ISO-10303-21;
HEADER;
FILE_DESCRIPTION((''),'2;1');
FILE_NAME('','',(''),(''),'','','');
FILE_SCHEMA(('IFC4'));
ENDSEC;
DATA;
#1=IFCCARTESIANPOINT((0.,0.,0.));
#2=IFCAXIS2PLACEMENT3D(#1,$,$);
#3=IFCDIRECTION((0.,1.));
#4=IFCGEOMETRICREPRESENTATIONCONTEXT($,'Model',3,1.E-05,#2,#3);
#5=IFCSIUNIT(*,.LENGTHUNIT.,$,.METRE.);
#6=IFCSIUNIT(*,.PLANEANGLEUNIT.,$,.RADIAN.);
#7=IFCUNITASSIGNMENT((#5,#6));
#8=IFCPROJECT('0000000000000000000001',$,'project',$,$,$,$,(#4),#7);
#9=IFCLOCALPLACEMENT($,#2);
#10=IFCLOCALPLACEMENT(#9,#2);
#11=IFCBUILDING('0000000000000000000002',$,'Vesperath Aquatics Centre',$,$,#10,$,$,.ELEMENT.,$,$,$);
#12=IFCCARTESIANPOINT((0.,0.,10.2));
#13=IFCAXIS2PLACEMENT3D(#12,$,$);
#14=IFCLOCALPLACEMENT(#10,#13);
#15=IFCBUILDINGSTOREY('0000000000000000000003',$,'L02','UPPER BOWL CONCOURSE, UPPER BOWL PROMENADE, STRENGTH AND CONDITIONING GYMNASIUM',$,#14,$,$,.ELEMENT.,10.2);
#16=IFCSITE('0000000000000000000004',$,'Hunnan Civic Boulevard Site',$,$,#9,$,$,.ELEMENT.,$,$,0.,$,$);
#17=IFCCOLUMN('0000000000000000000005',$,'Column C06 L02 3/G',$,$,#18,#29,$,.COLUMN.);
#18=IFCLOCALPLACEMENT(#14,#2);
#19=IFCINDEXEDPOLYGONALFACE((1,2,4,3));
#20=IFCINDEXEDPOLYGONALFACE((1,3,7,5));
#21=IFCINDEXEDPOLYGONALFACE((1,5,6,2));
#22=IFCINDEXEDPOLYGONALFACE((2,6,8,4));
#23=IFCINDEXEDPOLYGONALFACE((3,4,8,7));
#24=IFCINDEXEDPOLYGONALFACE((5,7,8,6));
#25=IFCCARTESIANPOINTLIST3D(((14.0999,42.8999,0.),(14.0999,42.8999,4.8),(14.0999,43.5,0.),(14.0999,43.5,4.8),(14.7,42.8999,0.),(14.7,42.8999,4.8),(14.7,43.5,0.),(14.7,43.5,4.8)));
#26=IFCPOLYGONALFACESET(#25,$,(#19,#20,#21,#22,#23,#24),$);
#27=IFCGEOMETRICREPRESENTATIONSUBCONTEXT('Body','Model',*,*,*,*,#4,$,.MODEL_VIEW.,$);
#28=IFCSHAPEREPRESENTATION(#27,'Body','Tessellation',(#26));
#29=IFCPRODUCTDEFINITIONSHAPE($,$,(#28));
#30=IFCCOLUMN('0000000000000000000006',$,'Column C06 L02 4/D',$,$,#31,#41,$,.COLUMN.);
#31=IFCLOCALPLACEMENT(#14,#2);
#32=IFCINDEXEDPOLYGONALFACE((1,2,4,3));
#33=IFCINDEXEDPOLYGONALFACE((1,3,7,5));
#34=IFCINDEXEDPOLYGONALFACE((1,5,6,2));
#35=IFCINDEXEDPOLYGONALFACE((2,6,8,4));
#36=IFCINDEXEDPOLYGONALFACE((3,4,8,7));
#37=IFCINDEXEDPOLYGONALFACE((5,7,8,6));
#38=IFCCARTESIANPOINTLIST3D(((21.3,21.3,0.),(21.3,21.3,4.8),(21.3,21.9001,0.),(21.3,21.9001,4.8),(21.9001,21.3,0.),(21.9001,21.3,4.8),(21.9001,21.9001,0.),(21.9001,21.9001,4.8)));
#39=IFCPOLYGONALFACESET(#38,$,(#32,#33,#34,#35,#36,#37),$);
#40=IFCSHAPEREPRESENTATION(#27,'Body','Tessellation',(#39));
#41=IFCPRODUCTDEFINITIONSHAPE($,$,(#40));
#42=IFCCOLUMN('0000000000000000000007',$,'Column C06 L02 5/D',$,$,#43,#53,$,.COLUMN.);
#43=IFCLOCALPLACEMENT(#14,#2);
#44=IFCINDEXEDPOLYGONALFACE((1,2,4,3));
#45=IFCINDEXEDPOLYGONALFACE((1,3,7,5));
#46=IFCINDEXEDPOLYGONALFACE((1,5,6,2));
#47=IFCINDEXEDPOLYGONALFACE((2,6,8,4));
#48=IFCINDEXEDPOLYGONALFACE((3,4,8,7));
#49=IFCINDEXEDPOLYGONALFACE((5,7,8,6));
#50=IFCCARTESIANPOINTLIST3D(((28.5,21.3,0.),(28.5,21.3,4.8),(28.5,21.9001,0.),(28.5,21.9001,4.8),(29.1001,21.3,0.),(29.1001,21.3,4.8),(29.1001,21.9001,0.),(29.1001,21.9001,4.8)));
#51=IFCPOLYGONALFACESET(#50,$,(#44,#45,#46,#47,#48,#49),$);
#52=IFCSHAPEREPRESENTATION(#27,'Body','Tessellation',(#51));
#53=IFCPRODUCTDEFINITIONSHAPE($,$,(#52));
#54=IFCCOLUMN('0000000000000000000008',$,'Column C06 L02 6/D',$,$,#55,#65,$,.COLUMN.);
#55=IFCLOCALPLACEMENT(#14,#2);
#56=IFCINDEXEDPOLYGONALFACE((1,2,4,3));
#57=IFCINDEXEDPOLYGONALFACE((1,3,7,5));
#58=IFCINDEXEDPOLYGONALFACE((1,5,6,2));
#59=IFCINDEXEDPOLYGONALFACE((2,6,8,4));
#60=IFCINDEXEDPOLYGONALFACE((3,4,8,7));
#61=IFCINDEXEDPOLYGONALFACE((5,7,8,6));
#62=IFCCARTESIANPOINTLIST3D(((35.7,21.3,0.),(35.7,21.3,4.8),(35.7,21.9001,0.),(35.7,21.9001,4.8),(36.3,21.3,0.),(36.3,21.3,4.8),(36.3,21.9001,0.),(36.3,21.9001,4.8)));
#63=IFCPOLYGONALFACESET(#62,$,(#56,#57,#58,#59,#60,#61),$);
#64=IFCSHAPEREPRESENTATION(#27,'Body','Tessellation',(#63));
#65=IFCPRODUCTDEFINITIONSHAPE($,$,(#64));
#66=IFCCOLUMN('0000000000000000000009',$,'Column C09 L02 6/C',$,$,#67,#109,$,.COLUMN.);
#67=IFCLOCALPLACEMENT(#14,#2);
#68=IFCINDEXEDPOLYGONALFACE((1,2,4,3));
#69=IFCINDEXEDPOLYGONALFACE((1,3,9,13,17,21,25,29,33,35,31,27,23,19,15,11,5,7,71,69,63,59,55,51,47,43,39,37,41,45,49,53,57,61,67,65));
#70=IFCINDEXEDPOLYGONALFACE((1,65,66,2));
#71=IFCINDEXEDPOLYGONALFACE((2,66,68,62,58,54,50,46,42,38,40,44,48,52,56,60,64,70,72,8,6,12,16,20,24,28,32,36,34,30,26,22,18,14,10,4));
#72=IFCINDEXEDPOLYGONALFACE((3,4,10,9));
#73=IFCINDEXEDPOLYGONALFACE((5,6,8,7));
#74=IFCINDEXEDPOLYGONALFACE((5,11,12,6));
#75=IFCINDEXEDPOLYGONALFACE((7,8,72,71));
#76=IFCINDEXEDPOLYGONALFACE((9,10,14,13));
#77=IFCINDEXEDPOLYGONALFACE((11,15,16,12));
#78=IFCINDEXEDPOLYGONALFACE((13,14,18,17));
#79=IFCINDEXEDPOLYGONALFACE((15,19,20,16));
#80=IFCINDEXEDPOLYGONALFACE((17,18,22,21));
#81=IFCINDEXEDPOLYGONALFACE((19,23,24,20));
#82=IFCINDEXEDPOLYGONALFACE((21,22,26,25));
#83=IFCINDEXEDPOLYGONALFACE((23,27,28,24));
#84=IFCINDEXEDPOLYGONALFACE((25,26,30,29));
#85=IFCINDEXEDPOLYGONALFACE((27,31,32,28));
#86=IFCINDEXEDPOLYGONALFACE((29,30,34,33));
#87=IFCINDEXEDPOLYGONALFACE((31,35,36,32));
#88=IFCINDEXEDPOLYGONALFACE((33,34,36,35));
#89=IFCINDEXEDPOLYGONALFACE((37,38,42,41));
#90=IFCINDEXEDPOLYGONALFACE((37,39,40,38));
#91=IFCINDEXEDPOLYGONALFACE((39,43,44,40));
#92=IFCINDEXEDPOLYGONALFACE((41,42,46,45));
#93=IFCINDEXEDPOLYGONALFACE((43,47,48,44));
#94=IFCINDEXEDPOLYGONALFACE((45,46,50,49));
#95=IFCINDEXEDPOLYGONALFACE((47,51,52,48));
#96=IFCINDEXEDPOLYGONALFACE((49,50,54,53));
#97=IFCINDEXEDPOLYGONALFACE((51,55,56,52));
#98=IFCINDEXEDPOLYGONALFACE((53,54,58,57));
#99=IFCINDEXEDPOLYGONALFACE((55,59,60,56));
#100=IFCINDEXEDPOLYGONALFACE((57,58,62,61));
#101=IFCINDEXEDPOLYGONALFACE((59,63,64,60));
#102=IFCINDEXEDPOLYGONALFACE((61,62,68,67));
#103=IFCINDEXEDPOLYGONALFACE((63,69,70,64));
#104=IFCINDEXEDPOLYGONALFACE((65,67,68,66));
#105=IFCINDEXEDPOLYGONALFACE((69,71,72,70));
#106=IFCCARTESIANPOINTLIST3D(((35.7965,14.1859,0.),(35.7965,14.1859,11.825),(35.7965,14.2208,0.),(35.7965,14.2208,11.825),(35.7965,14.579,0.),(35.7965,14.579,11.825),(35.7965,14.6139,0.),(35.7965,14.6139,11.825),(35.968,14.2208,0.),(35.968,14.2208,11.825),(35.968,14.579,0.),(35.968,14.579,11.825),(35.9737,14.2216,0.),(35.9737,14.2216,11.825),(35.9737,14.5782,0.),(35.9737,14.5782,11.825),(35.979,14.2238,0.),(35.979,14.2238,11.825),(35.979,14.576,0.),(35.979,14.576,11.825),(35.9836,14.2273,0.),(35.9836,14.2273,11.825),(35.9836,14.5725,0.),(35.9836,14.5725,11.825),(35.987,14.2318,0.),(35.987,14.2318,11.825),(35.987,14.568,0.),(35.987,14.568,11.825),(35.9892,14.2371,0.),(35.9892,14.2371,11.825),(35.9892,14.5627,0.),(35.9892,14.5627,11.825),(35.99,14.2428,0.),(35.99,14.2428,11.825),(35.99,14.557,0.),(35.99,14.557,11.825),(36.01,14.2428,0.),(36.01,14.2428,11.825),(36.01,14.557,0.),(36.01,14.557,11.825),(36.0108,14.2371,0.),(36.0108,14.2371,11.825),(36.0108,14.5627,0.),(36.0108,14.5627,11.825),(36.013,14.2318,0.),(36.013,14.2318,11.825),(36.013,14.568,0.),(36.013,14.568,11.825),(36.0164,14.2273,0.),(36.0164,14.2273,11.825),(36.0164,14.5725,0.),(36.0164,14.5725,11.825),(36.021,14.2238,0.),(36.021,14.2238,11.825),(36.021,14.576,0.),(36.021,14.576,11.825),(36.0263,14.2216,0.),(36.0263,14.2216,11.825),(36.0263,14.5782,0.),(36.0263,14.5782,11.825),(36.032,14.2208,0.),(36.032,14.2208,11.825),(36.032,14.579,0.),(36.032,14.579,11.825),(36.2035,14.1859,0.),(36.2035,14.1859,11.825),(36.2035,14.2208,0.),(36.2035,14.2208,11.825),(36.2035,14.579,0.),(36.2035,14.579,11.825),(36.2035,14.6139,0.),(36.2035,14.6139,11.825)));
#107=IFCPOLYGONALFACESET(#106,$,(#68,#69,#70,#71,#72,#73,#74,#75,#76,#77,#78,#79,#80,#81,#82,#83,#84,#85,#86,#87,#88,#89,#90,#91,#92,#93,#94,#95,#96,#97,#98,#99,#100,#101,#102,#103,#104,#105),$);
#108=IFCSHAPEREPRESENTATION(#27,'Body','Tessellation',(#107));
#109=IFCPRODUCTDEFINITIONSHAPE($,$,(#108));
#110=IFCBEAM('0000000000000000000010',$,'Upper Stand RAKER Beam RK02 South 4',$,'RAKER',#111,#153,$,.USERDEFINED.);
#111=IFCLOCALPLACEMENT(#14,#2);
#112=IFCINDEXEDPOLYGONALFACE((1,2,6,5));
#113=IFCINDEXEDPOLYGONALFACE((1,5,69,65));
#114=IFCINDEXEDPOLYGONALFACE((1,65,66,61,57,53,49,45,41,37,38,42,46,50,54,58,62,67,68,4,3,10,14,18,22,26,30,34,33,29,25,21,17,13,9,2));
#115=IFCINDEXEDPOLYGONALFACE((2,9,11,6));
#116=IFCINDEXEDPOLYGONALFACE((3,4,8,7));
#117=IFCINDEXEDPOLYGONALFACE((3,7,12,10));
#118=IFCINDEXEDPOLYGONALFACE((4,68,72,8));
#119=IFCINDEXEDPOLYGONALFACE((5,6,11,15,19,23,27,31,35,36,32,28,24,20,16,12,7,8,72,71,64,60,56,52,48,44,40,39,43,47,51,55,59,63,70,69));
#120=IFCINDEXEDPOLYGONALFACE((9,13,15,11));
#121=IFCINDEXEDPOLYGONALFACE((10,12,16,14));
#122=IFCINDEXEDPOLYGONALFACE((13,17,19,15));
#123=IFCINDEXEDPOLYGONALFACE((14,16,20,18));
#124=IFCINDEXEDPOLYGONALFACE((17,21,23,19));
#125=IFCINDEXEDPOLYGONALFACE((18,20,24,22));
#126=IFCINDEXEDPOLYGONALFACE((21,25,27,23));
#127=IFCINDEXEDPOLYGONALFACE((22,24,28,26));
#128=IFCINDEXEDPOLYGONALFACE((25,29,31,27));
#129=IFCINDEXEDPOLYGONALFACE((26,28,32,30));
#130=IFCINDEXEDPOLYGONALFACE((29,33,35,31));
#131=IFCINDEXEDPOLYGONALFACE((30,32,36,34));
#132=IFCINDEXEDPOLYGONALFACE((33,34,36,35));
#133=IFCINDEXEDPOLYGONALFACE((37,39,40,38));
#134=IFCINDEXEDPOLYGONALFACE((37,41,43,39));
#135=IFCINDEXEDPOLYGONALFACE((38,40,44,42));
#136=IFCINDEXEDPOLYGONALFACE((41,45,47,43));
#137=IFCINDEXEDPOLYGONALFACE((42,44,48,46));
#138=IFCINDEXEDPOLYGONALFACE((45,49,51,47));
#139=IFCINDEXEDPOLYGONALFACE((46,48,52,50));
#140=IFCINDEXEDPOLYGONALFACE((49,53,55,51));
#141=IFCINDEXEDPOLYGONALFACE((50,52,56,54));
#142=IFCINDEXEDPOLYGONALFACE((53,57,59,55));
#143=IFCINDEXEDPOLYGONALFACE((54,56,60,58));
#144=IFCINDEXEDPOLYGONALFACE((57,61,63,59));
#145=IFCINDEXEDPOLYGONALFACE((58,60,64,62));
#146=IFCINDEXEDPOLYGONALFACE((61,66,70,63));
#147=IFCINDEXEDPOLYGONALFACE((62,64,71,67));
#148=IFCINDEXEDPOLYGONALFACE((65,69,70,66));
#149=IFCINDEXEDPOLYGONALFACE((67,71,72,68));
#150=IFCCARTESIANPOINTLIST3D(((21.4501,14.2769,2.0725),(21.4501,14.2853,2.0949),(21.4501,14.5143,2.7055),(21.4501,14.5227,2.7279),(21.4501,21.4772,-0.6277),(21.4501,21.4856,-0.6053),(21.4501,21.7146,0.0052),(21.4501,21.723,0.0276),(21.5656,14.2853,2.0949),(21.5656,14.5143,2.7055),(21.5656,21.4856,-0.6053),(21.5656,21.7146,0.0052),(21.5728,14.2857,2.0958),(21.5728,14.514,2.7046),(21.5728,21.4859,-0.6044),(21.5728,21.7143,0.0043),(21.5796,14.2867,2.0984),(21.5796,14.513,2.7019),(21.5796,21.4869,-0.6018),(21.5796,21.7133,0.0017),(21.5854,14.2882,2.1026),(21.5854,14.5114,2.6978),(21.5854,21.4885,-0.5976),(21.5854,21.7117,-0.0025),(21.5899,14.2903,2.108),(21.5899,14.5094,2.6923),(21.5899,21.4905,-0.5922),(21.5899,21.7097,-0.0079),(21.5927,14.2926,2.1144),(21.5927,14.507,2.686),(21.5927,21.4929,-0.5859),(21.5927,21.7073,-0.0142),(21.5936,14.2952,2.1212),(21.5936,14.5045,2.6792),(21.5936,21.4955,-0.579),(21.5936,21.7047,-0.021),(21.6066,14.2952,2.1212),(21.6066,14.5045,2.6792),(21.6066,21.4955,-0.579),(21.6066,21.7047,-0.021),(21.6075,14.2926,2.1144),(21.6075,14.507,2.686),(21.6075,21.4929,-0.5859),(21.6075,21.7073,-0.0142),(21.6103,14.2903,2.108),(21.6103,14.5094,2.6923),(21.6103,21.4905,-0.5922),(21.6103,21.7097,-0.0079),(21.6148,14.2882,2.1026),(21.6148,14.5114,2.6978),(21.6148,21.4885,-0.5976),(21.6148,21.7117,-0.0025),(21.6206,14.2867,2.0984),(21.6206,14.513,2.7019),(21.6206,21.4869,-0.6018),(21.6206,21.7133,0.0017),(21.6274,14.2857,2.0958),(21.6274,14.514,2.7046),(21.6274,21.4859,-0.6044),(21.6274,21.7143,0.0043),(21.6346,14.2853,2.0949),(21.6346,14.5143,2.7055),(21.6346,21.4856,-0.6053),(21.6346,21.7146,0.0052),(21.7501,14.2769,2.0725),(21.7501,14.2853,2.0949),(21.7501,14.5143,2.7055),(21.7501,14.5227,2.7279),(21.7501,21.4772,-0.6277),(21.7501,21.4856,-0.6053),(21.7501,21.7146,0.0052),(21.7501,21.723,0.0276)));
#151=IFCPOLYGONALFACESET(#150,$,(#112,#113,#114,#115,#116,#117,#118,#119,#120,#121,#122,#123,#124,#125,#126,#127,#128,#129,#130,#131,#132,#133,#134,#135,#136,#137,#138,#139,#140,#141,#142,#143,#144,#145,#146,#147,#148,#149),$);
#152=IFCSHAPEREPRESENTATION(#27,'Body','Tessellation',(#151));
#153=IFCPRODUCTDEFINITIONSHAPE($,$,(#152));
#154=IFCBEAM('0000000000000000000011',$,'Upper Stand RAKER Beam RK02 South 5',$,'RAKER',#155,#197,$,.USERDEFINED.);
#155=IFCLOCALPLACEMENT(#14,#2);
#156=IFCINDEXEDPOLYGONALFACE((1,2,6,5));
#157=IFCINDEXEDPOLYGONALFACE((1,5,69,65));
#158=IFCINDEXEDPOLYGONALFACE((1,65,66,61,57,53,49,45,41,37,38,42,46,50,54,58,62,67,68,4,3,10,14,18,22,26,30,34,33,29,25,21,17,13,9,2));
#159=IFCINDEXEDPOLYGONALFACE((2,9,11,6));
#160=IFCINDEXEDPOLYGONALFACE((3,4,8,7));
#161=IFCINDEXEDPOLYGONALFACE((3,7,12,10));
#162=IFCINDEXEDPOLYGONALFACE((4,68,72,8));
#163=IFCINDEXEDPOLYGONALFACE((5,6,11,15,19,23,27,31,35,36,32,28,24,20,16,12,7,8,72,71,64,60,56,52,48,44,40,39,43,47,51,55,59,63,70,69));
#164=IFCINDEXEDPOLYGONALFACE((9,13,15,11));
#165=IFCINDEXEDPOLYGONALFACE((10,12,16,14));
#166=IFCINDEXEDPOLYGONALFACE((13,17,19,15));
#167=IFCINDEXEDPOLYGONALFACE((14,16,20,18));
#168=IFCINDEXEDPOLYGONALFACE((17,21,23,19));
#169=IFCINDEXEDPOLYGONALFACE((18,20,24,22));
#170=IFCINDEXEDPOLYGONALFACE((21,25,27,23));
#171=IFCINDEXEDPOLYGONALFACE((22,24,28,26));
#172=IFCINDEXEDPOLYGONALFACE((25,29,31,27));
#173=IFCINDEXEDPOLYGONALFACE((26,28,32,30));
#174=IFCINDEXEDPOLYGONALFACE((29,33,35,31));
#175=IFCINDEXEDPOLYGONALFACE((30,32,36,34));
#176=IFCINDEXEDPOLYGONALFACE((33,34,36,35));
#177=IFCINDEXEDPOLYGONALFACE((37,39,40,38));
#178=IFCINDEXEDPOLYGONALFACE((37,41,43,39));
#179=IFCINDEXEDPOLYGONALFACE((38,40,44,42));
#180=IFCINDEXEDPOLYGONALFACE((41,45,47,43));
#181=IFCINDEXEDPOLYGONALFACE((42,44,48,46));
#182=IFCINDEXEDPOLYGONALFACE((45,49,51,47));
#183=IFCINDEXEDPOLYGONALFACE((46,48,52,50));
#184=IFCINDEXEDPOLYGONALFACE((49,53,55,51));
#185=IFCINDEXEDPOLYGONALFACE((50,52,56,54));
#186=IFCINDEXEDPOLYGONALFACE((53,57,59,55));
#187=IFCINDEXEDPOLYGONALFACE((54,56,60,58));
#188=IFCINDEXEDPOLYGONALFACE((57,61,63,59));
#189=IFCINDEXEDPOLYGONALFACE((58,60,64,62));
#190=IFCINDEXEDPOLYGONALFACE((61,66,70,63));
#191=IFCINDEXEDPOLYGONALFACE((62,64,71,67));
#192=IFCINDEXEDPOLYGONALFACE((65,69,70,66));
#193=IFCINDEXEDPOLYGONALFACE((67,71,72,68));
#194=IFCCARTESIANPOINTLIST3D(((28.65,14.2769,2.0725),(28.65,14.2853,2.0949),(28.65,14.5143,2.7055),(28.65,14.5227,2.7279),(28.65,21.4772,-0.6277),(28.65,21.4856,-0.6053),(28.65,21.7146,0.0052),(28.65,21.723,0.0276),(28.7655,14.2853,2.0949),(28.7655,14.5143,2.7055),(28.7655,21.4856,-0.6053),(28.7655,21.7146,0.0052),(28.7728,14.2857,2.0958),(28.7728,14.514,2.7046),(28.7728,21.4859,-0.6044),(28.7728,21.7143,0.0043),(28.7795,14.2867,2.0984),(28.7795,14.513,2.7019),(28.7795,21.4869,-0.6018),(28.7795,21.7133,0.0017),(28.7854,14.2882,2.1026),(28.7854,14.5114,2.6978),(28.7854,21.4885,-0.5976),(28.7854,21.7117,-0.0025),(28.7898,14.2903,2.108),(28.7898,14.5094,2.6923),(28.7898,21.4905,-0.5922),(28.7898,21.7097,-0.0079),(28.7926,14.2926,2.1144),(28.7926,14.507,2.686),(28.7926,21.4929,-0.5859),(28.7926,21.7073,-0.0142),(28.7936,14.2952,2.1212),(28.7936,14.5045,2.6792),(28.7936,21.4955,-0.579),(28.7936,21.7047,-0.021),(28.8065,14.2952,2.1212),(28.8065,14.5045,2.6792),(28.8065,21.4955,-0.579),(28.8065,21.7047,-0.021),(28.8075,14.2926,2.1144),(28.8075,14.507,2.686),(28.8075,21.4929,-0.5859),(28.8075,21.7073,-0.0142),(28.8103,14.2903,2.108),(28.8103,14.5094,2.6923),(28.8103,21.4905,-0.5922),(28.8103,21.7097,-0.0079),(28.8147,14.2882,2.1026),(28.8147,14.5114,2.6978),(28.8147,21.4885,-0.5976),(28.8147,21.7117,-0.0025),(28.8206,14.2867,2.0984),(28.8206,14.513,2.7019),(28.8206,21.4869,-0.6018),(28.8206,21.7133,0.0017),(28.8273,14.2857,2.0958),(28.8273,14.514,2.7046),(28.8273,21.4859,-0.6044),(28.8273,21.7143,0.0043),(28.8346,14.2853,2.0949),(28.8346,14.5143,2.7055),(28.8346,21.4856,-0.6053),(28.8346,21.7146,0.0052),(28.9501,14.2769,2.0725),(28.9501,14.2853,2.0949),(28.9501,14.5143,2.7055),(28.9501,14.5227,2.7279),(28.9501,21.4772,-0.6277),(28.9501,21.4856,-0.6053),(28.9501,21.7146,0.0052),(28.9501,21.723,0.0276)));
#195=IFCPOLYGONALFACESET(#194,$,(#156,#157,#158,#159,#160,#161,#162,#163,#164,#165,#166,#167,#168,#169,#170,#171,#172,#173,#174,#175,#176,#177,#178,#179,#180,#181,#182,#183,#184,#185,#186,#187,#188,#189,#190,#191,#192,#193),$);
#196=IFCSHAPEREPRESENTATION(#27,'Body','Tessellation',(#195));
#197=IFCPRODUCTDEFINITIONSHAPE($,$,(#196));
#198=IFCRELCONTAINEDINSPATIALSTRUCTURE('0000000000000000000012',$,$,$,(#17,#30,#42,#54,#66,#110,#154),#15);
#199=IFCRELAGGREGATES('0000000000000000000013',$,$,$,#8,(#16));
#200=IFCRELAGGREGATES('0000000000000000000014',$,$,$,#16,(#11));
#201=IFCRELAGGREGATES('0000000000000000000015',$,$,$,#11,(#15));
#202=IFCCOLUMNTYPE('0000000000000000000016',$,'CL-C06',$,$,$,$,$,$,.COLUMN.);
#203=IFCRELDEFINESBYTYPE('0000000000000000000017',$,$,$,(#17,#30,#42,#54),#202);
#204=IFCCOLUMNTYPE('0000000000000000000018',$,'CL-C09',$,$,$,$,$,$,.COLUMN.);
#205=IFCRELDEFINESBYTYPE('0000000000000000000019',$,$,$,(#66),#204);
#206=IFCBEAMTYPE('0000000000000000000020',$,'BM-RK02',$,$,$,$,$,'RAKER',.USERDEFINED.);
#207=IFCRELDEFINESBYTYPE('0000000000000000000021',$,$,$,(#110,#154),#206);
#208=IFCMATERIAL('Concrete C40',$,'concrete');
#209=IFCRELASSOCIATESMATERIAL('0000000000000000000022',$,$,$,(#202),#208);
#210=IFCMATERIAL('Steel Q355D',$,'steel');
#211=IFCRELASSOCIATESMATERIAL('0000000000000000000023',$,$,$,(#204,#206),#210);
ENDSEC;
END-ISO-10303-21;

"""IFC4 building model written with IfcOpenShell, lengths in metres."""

from ifc_helpers import new_model, si_unit, direction, frame, origin, origin_2d, place, context, subcontext, project, spatial, rectangle, i_section, extrude, material, material_profile, profile_set, type_object, element, save


model = new_model("IFC4")

# Units and contexts
model_context = context("Model", 3, precision=1e-05, world=origin(), true_north=direction((0.0, 1.0)))
body_context = subcontext(model_context, "Body", "Model", "MODEL_VIEW")
ifc_project = project(units=[si_unit("LENGTHUNIT", "METRE"), si_unit("PLANEANGLEUNIT", "RADIAN")], contexts=[model_context])

# Site, building, storey
site_placement = place(None, origin())
site = spatial("IfcSite", under=ifc_project, at=site_placement, Name="Hunnan Civic Boulevard Site", CompositionType="ELEMENT", RefElevation=0.0)
building_placement = place(site_placement, origin())
building = spatial("IfcBuilding", under=site, at=building_placement, Name="Vesperath Aquatics Centre", CompositionType="ELEMENT")
storey_placement = place(building_placement, frame((0.0, 0.0, 10.2)))
storey = spatial("IfcBuildingStorey", under=building, at=storey_placement, Name="L02", Description="UPPER BOWL CONCOURSE, UPPER BOWL PROMENADE, STRENGTH AND CONDITIONING GYMNASIUM", CompositionType="ELEMENT", Elevation=10.2)

# Columns
ifc_material_1 = material(Name="Concrete C40", Category="concrete")
ifc_material_profile_1 = material_profile(ifc_material_1, rectangle(XDim=0.6001, YDim=0.6001, at=origin_2d()), Name="RC 600x600")
ifc_profile_set_1 = profile_set([ifc_material_profile_1], Name="Concrete C40")
column_type_1 = type_object("IfcColumnType", Name="CL-C06", PredefinedType="COLUMN", material=ifc_profile_set_1)
for number, where, z_axis, x_axis, name in (
    (1, (14.3999, 43.2, 0.0), (0.0, 0.0, 1.0), (1.0, 0.0, 0.0), "Column C06 L02 3/G"),
    (2, (21.6001, 21.6001, 0.0), (0.0, 0.0, 1.0), (1.0, 0.0, 0.0), "Column C06 L02 4/D"),
    (3, (28.8, 21.6001, 0.0), (0.0, 0.0, 1.0), (1.0, 0.0, 0.0), "Column C06 L02 5/D"),
    (4, (36.0, 21.6001, 0.0), (0.0, 0.0, 1.0), (1.0, 0.0, 0.0), "Column C06 L02 6/D"),
):
    element("IfcColumn", number, at=place(storey_placement, frame(where, z_axis=z_axis, x_axis=x_axis)), inside=storey, type_object=column_type_1, Name=name, PredefinedType="COLUMN", context=body_context, shape_type="SweptSolid", body=[
        extrude(rectangle(XDim=0.6001, YDim=0.6001, at=origin_2d()), origin(), (0.0, 0.0, 1.0), 4.8),
    ])
ifc_material_2 = material(Name="Steel Q355D", Category="steel")
ifc_material_profile_2 = material_profile(ifc_material_2, i_section(OverallWidth=0.407, OverallDepth=0.428, WebThickness=0.02, FlangeThickness=0.0349, FilletRadius=0.022, at=origin_2d()), Name="HW 428x407x20x35")
ifc_profile_set_2 = profile_set([ifc_material_profile_2], Name="Steel Q355D")
column_type_2 = type_object("IfcColumnType", Name="CL-C09", PredefinedType="COLUMN", material=ifc_profile_set_2)
column_placement = place(storey_placement, frame((36.0, 14.3999, 0.0), z_axis=(0.0, 0.0, 1.0), x_axis=(1.0, 0.0, 0.0)))
element("IfcColumn", 5, at=column_placement, inside=storey, type_object=column_type_2, Name="Column C09 L02 6/C", PredefinedType="COLUMN", context=body_context, shape_type="SweptSolid", body=[
    extrude(i_section(OverallWidth=0.407, OverallDepth=0.428, WebThickness=0.02, FlangeThickness=0.0349, FilletRadius=0.022, at=origin_2d()), origin(), (0.0, 0.0, 1.0), 11.825),
])

# Beams
ifc_material_profile_3 = material_profile(ifc_material_2, i_section(OverallWidth=0.3, OverallDepth=0.7, WebThickness=0.0129, FlangeThickness=0.0239, FilletRadius=0.0281, at=origin_2d()), Name="HN 700x300x13x24")
ifc_profile_set_3 = profile_set([ifc_material_profile_3], Name="Steel Q355D")
beam_type_1 = type_object("IfcBeamType", Name="BM-RK02", ElementType="RAKER", PredefinedType="USERDEFINED", material=ifc_profile_set_3)
for number, where, z_axis, x_axis, name in (
    (6, (21.6001, 21.6001, -0.3), (0.0, -0.936324, 0.351137), (1.0, 0.0, 0.0), "Upper Stand RAKER Beam RK02 South 4"),
    (7, (28.8, 21.6001, -0.3), (0.0, -0.936324, 0.351137), (1.0, 0.0, 0.0), "Upper Stand RAKER Beam RK02 South 5"),
):
    element("IfcBeam", number, at=place(storey_placement, frame(where, z_axis=z_axis, x_axis=x_axis)), inside=storey, type_object=beam_type_1, Name=name, ObjectType="RAKER", PredefinedType="USERDEFINED", context=body_context, shape_type="SweptSolid", body=[
        extrude(i_section(OverallWidth=0.3, OverallDepth=0.7, WebThickness=0.0129, FlangeThickness=0.0239, FilletRadius=0.0281, at=origin_2d()), origin(), (0.0, 0.0, 1.0), 7.6899),
    ])

save(model, "model.ifc")
